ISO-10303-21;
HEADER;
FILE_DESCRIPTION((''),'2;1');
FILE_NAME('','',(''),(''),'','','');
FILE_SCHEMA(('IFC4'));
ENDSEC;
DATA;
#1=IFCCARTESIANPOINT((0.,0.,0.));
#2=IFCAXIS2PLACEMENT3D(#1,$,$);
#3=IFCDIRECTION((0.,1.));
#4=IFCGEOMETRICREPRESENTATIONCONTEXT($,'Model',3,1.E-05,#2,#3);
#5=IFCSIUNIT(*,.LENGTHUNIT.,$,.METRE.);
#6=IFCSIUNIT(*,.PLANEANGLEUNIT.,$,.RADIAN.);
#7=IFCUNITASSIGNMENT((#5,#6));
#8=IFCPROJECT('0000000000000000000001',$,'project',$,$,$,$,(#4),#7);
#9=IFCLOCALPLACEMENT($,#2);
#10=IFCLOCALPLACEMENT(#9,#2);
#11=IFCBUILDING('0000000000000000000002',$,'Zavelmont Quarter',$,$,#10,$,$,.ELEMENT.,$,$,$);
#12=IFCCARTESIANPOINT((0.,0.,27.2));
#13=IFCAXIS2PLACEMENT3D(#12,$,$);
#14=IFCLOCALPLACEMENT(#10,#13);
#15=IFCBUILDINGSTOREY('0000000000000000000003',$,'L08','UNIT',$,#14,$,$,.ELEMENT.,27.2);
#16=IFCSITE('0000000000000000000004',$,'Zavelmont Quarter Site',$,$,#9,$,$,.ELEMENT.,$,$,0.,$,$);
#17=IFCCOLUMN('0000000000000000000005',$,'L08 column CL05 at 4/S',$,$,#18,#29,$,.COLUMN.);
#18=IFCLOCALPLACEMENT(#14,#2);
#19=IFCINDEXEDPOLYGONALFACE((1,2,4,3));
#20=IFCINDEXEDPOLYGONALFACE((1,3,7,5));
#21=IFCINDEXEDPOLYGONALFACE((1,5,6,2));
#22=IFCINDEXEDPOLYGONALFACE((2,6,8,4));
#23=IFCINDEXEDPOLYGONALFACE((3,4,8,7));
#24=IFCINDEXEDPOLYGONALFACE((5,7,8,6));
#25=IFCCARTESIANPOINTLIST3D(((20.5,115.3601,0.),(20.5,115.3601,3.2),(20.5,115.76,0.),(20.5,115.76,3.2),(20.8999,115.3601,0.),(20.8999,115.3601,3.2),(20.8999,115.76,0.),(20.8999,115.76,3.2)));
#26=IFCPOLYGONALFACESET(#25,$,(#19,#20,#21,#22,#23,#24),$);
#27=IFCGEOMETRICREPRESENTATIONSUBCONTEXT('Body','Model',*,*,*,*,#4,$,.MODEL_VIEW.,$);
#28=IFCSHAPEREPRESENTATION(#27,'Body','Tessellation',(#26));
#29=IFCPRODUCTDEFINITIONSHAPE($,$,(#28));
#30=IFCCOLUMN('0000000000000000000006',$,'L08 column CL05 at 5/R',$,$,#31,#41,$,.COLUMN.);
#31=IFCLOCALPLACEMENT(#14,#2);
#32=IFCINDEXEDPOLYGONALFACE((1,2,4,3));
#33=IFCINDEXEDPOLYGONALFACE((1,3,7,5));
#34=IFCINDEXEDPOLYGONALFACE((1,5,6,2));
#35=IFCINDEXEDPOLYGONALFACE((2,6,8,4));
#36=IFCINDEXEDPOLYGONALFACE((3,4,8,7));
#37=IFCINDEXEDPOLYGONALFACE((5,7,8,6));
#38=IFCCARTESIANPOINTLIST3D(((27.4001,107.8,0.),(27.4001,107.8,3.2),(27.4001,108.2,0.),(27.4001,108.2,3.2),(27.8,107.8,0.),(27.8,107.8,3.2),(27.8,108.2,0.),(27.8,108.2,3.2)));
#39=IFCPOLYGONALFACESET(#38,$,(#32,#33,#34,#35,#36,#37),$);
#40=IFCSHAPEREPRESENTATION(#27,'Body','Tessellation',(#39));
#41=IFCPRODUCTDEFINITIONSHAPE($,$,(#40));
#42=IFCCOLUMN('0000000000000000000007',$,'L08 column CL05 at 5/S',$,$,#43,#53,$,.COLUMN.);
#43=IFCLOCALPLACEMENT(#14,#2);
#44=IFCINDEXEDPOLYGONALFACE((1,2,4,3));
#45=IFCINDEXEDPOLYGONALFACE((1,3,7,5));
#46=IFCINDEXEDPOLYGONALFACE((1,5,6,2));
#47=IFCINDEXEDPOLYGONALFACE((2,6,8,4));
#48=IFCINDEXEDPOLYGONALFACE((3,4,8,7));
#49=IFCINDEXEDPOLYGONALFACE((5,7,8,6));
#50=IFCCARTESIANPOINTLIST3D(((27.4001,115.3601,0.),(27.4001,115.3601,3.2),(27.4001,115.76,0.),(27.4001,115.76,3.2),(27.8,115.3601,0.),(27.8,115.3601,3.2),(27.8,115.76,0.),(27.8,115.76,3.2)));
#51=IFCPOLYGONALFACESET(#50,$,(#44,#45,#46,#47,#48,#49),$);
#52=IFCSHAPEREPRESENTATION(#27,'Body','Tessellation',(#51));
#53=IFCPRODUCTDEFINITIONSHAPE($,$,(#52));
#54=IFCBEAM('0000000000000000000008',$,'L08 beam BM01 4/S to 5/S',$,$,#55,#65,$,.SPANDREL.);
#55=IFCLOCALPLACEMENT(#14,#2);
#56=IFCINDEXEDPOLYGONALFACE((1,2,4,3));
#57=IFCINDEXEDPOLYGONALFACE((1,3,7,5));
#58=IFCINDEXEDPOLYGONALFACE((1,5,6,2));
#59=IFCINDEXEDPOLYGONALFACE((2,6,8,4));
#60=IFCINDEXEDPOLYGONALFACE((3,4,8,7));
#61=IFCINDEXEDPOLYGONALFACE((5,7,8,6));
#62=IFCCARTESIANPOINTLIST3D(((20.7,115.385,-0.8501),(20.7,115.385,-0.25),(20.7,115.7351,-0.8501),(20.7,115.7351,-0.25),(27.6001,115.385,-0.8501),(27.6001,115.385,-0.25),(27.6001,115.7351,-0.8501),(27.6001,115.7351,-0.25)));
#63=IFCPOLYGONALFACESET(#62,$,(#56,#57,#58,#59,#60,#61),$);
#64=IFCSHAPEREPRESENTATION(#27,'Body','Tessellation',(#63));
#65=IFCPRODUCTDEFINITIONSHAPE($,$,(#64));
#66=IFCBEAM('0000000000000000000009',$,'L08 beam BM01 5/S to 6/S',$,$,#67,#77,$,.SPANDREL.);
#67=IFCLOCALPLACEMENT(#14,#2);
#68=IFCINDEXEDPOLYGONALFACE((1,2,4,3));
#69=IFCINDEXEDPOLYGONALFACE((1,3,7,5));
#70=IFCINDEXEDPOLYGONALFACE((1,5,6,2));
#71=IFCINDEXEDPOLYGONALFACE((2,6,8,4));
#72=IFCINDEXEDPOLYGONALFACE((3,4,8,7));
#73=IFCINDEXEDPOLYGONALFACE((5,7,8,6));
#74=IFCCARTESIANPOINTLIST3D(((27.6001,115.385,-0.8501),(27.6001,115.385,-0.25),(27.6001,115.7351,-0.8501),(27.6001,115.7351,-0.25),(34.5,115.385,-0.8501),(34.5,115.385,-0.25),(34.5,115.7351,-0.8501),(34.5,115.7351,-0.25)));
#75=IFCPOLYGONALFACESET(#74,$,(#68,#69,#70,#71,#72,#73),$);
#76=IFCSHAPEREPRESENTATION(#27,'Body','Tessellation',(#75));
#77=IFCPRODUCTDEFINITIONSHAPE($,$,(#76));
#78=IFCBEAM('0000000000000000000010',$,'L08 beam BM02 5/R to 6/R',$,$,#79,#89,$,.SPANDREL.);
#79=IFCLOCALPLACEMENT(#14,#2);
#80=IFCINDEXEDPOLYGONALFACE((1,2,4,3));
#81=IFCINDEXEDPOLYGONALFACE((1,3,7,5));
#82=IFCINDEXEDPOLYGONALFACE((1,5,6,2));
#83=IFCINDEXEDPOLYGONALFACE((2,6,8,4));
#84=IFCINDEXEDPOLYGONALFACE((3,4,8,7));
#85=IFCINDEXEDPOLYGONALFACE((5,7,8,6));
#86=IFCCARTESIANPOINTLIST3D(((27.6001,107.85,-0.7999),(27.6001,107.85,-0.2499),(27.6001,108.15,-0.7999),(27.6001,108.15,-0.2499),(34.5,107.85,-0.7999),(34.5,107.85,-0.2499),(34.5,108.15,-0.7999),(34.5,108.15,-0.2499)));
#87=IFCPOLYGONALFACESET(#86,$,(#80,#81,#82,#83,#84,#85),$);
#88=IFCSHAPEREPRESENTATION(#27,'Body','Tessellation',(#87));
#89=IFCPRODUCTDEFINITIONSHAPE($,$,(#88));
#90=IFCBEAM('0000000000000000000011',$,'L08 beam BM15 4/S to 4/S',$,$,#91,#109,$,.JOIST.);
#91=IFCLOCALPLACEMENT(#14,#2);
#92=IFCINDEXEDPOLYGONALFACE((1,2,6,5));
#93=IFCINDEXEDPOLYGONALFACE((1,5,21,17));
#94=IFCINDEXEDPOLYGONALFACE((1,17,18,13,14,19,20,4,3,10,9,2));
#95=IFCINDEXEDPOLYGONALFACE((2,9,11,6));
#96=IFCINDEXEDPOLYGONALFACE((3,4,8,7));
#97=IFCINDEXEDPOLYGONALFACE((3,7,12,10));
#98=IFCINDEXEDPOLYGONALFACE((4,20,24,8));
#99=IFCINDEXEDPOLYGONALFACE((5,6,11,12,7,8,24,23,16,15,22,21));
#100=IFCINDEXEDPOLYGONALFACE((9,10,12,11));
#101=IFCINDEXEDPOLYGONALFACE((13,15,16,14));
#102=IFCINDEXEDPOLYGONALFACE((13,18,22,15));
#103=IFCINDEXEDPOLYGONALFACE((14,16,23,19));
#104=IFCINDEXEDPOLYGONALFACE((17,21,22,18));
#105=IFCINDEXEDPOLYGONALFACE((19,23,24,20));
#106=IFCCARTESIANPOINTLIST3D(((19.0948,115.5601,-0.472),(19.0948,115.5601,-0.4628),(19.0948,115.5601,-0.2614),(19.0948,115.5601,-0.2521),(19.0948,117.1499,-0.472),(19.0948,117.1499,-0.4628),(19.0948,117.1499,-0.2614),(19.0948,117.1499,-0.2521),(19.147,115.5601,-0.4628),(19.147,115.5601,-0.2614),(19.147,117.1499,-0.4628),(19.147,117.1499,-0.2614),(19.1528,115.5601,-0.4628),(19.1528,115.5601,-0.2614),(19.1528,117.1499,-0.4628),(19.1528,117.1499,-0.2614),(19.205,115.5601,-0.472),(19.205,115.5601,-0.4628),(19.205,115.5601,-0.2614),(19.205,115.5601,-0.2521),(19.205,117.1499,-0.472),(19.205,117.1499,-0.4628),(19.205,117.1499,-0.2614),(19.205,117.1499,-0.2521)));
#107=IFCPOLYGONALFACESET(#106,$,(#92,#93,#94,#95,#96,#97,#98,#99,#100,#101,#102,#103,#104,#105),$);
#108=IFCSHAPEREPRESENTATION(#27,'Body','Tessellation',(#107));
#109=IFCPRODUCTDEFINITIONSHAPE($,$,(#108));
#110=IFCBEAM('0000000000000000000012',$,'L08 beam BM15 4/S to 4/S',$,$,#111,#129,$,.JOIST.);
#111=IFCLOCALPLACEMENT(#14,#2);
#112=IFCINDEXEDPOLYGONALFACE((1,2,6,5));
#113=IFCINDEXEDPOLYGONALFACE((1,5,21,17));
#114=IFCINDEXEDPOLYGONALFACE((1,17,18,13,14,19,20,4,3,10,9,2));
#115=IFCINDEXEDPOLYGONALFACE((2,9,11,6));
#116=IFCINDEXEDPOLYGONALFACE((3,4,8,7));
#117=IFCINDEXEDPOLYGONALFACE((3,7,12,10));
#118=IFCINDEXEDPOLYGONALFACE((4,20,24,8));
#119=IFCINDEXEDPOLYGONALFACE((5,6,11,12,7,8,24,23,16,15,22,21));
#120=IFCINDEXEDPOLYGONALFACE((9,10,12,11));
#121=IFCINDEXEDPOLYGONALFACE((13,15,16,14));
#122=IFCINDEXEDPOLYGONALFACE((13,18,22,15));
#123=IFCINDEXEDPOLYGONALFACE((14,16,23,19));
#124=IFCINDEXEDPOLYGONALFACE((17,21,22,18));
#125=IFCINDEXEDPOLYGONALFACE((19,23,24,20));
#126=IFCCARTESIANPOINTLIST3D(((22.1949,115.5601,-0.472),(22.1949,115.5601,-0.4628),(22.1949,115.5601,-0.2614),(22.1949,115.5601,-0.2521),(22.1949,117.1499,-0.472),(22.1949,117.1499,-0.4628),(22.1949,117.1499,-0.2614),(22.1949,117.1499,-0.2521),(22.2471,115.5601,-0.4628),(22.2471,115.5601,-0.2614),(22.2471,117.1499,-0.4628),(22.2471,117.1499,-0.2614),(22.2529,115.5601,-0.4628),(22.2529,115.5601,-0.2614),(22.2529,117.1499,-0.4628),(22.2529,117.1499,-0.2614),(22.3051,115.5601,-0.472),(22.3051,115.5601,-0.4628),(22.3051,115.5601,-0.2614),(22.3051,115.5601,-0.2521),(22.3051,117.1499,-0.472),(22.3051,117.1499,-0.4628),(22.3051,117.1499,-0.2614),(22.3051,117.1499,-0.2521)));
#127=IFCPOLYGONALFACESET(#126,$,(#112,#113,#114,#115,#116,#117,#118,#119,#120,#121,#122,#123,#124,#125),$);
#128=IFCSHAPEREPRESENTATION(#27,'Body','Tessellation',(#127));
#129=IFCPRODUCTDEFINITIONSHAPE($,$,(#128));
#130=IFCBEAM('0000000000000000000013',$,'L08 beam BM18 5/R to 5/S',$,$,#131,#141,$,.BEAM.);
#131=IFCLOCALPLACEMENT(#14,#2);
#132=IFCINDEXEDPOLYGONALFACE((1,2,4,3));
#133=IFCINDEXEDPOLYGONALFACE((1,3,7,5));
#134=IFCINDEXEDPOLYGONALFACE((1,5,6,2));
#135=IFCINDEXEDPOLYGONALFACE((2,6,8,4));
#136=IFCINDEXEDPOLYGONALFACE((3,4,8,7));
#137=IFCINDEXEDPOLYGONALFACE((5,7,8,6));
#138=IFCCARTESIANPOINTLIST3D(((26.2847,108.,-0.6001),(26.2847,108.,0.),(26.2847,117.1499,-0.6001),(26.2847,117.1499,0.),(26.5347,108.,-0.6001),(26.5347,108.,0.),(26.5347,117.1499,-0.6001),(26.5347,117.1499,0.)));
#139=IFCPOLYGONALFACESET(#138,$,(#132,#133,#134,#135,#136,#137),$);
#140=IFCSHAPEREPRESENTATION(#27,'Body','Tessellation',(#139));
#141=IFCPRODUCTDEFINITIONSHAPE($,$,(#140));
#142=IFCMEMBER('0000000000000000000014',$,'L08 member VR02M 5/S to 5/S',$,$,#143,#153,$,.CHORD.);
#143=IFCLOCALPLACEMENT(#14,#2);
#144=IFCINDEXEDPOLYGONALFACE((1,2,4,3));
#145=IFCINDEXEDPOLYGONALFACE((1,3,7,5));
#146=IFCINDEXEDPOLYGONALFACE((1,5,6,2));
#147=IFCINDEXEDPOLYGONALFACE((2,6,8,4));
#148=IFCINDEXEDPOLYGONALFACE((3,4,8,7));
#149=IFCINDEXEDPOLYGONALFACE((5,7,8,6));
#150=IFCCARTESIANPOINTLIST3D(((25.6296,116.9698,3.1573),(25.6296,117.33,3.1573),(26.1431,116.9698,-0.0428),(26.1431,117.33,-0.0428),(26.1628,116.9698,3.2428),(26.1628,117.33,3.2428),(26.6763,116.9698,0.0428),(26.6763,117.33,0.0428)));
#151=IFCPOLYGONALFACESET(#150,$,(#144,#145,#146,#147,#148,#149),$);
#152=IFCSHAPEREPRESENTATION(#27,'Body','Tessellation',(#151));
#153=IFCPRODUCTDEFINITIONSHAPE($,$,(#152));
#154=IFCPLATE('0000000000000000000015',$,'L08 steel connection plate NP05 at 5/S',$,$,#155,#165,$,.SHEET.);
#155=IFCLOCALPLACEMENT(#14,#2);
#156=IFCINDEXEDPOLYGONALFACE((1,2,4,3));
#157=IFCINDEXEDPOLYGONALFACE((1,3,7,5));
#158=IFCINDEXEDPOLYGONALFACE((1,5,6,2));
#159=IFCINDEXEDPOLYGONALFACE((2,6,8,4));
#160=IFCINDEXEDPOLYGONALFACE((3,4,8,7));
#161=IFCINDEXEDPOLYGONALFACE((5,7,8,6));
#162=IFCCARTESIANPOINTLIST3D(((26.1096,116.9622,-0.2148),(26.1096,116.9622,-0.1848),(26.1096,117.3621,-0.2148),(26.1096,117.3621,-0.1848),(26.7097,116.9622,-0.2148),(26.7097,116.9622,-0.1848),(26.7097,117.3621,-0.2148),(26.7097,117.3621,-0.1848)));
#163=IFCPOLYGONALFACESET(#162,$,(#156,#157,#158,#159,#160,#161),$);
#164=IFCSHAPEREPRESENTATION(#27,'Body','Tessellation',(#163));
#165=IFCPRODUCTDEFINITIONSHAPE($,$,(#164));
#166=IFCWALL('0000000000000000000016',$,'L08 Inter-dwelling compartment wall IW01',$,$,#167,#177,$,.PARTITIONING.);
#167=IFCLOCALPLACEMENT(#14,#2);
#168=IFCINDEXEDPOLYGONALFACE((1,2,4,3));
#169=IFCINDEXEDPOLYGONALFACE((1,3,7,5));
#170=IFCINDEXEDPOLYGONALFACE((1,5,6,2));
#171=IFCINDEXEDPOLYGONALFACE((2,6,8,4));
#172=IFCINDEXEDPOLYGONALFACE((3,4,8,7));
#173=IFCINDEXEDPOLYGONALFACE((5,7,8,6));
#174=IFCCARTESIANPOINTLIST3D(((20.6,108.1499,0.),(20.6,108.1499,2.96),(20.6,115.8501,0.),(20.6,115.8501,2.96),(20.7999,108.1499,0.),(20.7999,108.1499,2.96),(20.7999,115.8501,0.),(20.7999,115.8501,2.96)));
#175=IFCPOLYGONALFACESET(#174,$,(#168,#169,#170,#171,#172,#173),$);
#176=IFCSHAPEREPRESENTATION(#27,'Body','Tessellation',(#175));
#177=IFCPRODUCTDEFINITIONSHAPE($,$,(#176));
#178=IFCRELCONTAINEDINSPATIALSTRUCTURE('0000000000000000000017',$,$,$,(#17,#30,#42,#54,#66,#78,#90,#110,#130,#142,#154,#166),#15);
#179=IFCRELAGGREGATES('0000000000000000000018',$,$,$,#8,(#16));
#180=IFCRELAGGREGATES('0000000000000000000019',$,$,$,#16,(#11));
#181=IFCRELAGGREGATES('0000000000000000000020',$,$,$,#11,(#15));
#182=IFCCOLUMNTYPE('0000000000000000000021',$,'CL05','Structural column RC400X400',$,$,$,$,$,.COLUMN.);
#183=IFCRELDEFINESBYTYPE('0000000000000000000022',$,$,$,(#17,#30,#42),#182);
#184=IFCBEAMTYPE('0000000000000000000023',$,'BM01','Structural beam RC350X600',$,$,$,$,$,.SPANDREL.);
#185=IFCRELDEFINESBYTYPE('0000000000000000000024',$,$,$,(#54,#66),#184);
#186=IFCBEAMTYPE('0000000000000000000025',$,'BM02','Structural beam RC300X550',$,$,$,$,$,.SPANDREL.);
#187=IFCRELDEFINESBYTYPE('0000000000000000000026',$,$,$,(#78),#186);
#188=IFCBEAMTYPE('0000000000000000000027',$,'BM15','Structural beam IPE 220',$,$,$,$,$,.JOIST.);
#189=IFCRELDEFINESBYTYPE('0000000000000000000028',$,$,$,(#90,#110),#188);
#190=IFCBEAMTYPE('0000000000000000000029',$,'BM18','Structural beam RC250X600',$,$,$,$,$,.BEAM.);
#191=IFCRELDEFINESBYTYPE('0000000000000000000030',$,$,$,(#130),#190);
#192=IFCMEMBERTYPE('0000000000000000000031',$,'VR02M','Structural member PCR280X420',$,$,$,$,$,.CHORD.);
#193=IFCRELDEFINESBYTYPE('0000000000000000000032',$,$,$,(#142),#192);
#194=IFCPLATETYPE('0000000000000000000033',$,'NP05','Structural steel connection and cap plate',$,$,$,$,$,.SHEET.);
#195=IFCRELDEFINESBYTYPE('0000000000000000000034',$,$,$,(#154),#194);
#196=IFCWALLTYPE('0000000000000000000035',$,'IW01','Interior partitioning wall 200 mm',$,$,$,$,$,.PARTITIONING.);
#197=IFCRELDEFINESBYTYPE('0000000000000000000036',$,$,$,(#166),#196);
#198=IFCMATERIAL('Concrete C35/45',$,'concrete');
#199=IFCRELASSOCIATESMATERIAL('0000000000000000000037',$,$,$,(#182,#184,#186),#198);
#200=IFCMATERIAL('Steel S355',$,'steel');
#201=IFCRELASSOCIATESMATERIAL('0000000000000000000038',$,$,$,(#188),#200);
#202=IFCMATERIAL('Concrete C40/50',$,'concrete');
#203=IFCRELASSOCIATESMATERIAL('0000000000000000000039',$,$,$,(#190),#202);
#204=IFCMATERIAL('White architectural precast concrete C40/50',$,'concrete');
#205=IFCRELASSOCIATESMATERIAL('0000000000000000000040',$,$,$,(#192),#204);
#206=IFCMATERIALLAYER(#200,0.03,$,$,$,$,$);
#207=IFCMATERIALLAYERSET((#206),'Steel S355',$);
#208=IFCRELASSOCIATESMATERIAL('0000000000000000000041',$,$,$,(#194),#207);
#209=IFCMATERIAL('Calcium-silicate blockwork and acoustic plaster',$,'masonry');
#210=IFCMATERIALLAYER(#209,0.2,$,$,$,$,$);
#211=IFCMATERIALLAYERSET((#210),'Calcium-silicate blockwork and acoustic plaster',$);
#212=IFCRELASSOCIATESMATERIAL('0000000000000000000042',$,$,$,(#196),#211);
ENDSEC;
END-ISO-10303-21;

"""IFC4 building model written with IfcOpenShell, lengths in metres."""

from ifc_helpers import new_model, si_unit, direction, frame, frame_2d, origin, origin_2d, place, context, subcontext, project, spatial, rectangle, i_section, extrude, material, layer, layer_set, material_profile, profile_set, type_object, element, save


model = new_model("IFC4")

# Units and contexts
model_context = context("Model", 3, precision=1e-05, world=origin(), true_north=direction((0.0, 1.0)))
body_context = subcontext(model_context, "Body", "Model", "MODEL_VIEW")
ifc_project = project(units=[si_unit("LENGTHUNIT", "METRE"), si_unit("PLANEANGLEUNIT", "RADIAN")], contexts=[model_context])

# Site, building, storey
site_placement = place(None, origin())
site = spatial("IfcSite", under=ifc_project, at=site_placement, Name="Zavelmont Quarter Site", CompositionType="ELEMENT", RefElevation=0.0)
building_placement = place(site_placement, origin())
building = spatial("IfcBuilding", under=site, at=building_placement, Name="Zavelmont Quarter", CompositionType="ELEMENT")
storey_placement = place(building_placement, frame((0.0, 0.0, 27.2)))
storey = spatial("IfcBuildingStorey", under=building, at=storey_placement, Name="L08", Description="UNIT", CompositionType="ELEMENT", Elevation=27.2)

# Columns
ifc_material_1 = material(Name="Concrete C35/45", Category="concrete")
ifc_material_profile_1 = material_profile(ifc_material_1, rectangle(XDim=0.3999, YDim=0.3999, at=origin_2d()), Name="RC400X400")
ifc_profile_set_1 = profile_set([ifc_material_profile_1], Name="Concrete C35/45")
column_type = type_object("IfcColumnType", Name="CL05", Description="Structural column RC400X400", PredefinedType="COLUMN", material=ifc_profile_set_1)
for number, where, z_axis, x_axis, name in (
    (1, (20.7, 115.5601, 0.0), (0.0, 0.0, 1.0), (1.0, 0.0, 0.0), "L08 column CL05 at 4/S"),
    (2, (27.6001, 108.0, 0.0), (0.0, 0.0, 1.0), (1.0, 0.0, 0.0), "L08 column CL05 at 5/R"),
    (3, (27.6001, 115.5601, 0.0), (0.0, 0.0, 1.0), (1.0, 0.0, 0.0), "L08 column CL05 at 5/S"),
):
    element("IfcColumn", number, at=place(storey_placement, frame(where, z_axis=z_axis, x_axis=x_axis)), inside=storey, type_object=column_type, Name=name, PredefinedType="COLUMN", context=body_context, shape_type="SweptSolid", body=[
        extrude(rectangle(XDim=0.3999, YDim=0.3999, at=origin_2d()), origin(), (0.0, 0.0, 1.0), 3.2),
    ])

# Beams
ifc_material_profile_2 = material_profile(ifc_material_1, rectangle(XDim=0.3501, YDim=0.6001, at=origin_2d()), Name="RC350X600")
ifc_profile_set_2 = profile_set([ifc_material_profile_2], Name="Concrete C35/45")
beam_type_1 = type_object("IfcBeamType", Name="BM01", Description="Structural beam RC350X600", PredefinedType="SPANDREL", material=ifc_profile_set_2)
beam_1_placement = place(storey_placement, frame((20.7, 115.5601, -0.55), z_axis=(1.0, 0.0, 0.0), x_axis=(0.0, 1.0, 0.0)))
element("IfcBeam", 4, at=beam_1_placement, inside=storey, type_object=beam_type_1, Name="L08 beam BM01 4/S to 5/S", PredefinedType="SPANDREL", context=body_context, shape_type="SweptSolid", body=[
    extrude(rectangle(XDim=0.3501, YDim=0.6001, at=origin_2d()), origin(), (0.0, 0.0, 1.0), 6.9001),
])
beam_2_placement = place(storey_placement, frame((27.6001, 115.5601, -0.55), z_axis=(1.0, 0.0, 0.0), x_axis=(0.0, 1.0, 0.0)))
element("IfcBeam", 5, at=beam_2_placement, inside=storey, type_object=beam_type_1, Name="L08 beam BM01 5/S to 6/S", PredefinedType="SPANDREL", context=body_context, shape_type="SweptSolid", body=[
    extrude(rectangle(XDim=0.3501, YDim=0.6001, at=origin_2d()), origin(), (0.0, 0.0, 1.0), 6.8999),
])
ifc_material_profile_3 = material_profile(ifc_material_1, rectangle(XDim=0.3, YDim=0.55, at=origin_2d()), Name="RC300X550")
ifc_profile_set_3 = profile_set([ifc_material_profile_3], Name="Concrete C35/45")
beam_type_2 = type_object("IfcBeamType", Name="BM02", Description="Structural beam RC300X550", PredefinedType="SPANDREL", material=ifc_profile_set_3)
beam_3_placement = place(storey_placement, frame((27.6001, 108.0, -0.5249), z_axis=(1.0, 0.0, 0.0), x_axis=(0.0, 1.0, 0.0)))
element("IfcBeam", 6, at=beam_3_placement, inside=storey, type_object=beam_type_2, Name="L08 beam BM02 5/R to 6/R", PredefinedType="SPANDREL", context=body_context, shape_type="SweptSolid", body=[
    extrude(rectangle(XDim=0.3, YDim=0.55, at=origin_2d()), origin(), (0.0, 0.0, 1.0), 6.8999),
])
ifc_material_2 = material(Name="Steel S355", Category="steel")
ifc_material_profile_4 = material_profile(ifc_material_2, i_section(OverallWidth=0.1101, OverallDepth=0.22, WebThickness=0.0059, FlangeThickness=0.0093, at=origin_2d()), Name="IPE 220")
ifc_profile_set_4 = profile_set([ifc_material_profile_4], Name="Steel S355")
beam_type_3 = type_object("IfcBeamType", Name="BM15", Description="Structural beam IPE 220", PredefinedType="JOIST", material=ifc_profile_set_4)
for number, where, z_axis, x_axis, name in (
    (7, (19.1499, 115.5601, -0.3621), (0.0, 1.0, 0.0), (-1.0, 0.0, 0.0), "L08 beam BM15 4/S to 4/S"),
    (8, (22.25, 115.5601, -0.3621), (0.0, 1.0, 0.0), (-1.0, 0.0, 0.0), "L08 beam BM15 4/S to 4/S"),
):
    element("IfcBeam", number, at=place(storey_placement, frame(where, z_axis=z_axis, x_axis=x_axis)), inside=storey, type_object=beam_type_3, Name=name, PredefinedType="JOIST", context=body_context, shape_type="SweptSolid", body=[
        extrude(i_section(OverallWidth=0.1101, OverallDepth=0.22, WebThickness=0.0059, FlangeThickness=0.0093, at=origin_2d()), origin(), (0.0, 0.0, 1.0), 1.5898),
    ])
ifc_material_3 = material(Name="Concrete C40/50", Category="concrete")
ifc_material_profile_5 = material_profile(ifc_material_3, rectangle(XDim=0.25, YDim=0.6001, at=origin_2d()), Name="RC250X600")
ifc_profile_set_5 = profile_set([ifc_material_profile_5], Name="Concrete C40/50")
beam_type_4 = type_object("IfcBeamType", Name="BM18", Description="Structural beam RC250X600", PredefinedType="BEAM", material=ifc_profile_set_5)
beam_4_placement = place(storey_placement, frame((26.4097, 108.0, -0.3), z_axis=(0.0, 1.0, 0.0), x_axis=(-1.0, 0.0, 0.0)))
element("IfcBeam", 9, at=beam_4_placement, inside=storey, type_object=beam_type_4, Name="L08 beam BM18 5/R to 5/S", PredefinedType="BEAM", context=body_context, shape_type="SweptSolid", body=[
    extrude(rectangle(XDim=0.25, YDim=0.6001, at=origin_2d()), origin(), (0.0, 0.0, 1.0), 9.1499),
])

# Member
ifc_material_4 = material(Name="White architectural precast concrete C40/50", Category="concrete")
ifc_material_profile_6 = material_profile(ifc_material_4, rectangle(XDim=0.3601, YDim=0.54, at=origin_2d()), Name="PCR280X420")
ifc_profile_set_6 = profile_set([ifc_material_profile_6], Name="White architectural precast concrete C40/50")
member_type = type_object("IfcMemberType", Name="VR02M", Description="Structural member PCR280X420", PredefinedType="CHORD", material=ifc_profile_set_6)
member_placement = place(storey_placement, frame((26.4097, 117.1499, 0.0), z_axis=(-0.158422, 0.0, 0.987371), x_axis=(0.0, -1.0, 0.0)))
element("IfcMember", 10, at=member_placement, inside=storey, type_object=member_type, Name="L08 member VR02M 5/S to 5/S", PredefinedType="CHORD", context=body_context, shape_type="SweptSolid", body=[
    extrude(rectangle(XDim=0.3601, YDim=0.54, at=origin_2d()), origin(), (0.0, 0.0, 1.0), 3.241),
])

# Plate
ifc_layer_1 = layer(ifc_material_2, 0.03)
ifc_layer_set_1 = layer_set([ifc_layer_1], Name="Steel S355")
plate_type = type_object("IfcPlateType", Name="NP05", Description="Structural steel connection and cap plate", PredefinedType="SHEET", material=ifc_layer_set_1)
plate_placement = place(storey_placement, frame((26.4097, 117.1621, -0.2148), z_axis=(0.0, 0.0, 1.0), x_axis=(1.0, 0.0, 0.0)))
element("IfcPlate", 11, at=plate_placement, inside=storey, type_object=plate_type, Name="L08 steel connection plate NP05 at 5/S", PredefinedType="SHEET", context=body_context, shape_type="SweptSolid", body=[
    extrude(rectangle(XDim=0.6001, YDim=0.3999, at=origin_2d()), origin(), (0.0, 0.0, 1.0), 0.03),
])

# Wall
ifc_material_5 = material(Name="Calcium-silicate blockwork and acoustic plaster", Category="masonry")
ifc_layer_2 = layer(ifc_material_5, 0.2)
ifc_layer_set_2 = layer_set([ifc_layer_2], Name="Calcium-silicate blockwork and acoustic plaster")
wall_type_1 = type_object("IfcWallType", Name="IW01", Description="Interior partitioning wall 200 mm", PredefinedType="PARTITIONING", material=ifc_layer_set_2)
wall_1_placement = place(storey_placement, frame((20.7, 108.1499, 0.0), z_axis=(0.0, 0.0, 1.0), x_axis=(0.0, 1.0, 0.0)))
element("IfcWall", 12, at=wall_1_placement, inside=storey, type_object=wall_type_1, Name="L08 Inter-dwelling compartment wall IW01", PredefinedType="PARTITIONING", context=body_context, shape_type="SweptSolid", body=[
    extrude(rectangle(XDim=7.7002, YDim=0.2, at=frame_2d((3.8501, 0.0))), origin(), (0.0, 0.0, 1.0), 2.96),
])

save(model, "model.ifc")
